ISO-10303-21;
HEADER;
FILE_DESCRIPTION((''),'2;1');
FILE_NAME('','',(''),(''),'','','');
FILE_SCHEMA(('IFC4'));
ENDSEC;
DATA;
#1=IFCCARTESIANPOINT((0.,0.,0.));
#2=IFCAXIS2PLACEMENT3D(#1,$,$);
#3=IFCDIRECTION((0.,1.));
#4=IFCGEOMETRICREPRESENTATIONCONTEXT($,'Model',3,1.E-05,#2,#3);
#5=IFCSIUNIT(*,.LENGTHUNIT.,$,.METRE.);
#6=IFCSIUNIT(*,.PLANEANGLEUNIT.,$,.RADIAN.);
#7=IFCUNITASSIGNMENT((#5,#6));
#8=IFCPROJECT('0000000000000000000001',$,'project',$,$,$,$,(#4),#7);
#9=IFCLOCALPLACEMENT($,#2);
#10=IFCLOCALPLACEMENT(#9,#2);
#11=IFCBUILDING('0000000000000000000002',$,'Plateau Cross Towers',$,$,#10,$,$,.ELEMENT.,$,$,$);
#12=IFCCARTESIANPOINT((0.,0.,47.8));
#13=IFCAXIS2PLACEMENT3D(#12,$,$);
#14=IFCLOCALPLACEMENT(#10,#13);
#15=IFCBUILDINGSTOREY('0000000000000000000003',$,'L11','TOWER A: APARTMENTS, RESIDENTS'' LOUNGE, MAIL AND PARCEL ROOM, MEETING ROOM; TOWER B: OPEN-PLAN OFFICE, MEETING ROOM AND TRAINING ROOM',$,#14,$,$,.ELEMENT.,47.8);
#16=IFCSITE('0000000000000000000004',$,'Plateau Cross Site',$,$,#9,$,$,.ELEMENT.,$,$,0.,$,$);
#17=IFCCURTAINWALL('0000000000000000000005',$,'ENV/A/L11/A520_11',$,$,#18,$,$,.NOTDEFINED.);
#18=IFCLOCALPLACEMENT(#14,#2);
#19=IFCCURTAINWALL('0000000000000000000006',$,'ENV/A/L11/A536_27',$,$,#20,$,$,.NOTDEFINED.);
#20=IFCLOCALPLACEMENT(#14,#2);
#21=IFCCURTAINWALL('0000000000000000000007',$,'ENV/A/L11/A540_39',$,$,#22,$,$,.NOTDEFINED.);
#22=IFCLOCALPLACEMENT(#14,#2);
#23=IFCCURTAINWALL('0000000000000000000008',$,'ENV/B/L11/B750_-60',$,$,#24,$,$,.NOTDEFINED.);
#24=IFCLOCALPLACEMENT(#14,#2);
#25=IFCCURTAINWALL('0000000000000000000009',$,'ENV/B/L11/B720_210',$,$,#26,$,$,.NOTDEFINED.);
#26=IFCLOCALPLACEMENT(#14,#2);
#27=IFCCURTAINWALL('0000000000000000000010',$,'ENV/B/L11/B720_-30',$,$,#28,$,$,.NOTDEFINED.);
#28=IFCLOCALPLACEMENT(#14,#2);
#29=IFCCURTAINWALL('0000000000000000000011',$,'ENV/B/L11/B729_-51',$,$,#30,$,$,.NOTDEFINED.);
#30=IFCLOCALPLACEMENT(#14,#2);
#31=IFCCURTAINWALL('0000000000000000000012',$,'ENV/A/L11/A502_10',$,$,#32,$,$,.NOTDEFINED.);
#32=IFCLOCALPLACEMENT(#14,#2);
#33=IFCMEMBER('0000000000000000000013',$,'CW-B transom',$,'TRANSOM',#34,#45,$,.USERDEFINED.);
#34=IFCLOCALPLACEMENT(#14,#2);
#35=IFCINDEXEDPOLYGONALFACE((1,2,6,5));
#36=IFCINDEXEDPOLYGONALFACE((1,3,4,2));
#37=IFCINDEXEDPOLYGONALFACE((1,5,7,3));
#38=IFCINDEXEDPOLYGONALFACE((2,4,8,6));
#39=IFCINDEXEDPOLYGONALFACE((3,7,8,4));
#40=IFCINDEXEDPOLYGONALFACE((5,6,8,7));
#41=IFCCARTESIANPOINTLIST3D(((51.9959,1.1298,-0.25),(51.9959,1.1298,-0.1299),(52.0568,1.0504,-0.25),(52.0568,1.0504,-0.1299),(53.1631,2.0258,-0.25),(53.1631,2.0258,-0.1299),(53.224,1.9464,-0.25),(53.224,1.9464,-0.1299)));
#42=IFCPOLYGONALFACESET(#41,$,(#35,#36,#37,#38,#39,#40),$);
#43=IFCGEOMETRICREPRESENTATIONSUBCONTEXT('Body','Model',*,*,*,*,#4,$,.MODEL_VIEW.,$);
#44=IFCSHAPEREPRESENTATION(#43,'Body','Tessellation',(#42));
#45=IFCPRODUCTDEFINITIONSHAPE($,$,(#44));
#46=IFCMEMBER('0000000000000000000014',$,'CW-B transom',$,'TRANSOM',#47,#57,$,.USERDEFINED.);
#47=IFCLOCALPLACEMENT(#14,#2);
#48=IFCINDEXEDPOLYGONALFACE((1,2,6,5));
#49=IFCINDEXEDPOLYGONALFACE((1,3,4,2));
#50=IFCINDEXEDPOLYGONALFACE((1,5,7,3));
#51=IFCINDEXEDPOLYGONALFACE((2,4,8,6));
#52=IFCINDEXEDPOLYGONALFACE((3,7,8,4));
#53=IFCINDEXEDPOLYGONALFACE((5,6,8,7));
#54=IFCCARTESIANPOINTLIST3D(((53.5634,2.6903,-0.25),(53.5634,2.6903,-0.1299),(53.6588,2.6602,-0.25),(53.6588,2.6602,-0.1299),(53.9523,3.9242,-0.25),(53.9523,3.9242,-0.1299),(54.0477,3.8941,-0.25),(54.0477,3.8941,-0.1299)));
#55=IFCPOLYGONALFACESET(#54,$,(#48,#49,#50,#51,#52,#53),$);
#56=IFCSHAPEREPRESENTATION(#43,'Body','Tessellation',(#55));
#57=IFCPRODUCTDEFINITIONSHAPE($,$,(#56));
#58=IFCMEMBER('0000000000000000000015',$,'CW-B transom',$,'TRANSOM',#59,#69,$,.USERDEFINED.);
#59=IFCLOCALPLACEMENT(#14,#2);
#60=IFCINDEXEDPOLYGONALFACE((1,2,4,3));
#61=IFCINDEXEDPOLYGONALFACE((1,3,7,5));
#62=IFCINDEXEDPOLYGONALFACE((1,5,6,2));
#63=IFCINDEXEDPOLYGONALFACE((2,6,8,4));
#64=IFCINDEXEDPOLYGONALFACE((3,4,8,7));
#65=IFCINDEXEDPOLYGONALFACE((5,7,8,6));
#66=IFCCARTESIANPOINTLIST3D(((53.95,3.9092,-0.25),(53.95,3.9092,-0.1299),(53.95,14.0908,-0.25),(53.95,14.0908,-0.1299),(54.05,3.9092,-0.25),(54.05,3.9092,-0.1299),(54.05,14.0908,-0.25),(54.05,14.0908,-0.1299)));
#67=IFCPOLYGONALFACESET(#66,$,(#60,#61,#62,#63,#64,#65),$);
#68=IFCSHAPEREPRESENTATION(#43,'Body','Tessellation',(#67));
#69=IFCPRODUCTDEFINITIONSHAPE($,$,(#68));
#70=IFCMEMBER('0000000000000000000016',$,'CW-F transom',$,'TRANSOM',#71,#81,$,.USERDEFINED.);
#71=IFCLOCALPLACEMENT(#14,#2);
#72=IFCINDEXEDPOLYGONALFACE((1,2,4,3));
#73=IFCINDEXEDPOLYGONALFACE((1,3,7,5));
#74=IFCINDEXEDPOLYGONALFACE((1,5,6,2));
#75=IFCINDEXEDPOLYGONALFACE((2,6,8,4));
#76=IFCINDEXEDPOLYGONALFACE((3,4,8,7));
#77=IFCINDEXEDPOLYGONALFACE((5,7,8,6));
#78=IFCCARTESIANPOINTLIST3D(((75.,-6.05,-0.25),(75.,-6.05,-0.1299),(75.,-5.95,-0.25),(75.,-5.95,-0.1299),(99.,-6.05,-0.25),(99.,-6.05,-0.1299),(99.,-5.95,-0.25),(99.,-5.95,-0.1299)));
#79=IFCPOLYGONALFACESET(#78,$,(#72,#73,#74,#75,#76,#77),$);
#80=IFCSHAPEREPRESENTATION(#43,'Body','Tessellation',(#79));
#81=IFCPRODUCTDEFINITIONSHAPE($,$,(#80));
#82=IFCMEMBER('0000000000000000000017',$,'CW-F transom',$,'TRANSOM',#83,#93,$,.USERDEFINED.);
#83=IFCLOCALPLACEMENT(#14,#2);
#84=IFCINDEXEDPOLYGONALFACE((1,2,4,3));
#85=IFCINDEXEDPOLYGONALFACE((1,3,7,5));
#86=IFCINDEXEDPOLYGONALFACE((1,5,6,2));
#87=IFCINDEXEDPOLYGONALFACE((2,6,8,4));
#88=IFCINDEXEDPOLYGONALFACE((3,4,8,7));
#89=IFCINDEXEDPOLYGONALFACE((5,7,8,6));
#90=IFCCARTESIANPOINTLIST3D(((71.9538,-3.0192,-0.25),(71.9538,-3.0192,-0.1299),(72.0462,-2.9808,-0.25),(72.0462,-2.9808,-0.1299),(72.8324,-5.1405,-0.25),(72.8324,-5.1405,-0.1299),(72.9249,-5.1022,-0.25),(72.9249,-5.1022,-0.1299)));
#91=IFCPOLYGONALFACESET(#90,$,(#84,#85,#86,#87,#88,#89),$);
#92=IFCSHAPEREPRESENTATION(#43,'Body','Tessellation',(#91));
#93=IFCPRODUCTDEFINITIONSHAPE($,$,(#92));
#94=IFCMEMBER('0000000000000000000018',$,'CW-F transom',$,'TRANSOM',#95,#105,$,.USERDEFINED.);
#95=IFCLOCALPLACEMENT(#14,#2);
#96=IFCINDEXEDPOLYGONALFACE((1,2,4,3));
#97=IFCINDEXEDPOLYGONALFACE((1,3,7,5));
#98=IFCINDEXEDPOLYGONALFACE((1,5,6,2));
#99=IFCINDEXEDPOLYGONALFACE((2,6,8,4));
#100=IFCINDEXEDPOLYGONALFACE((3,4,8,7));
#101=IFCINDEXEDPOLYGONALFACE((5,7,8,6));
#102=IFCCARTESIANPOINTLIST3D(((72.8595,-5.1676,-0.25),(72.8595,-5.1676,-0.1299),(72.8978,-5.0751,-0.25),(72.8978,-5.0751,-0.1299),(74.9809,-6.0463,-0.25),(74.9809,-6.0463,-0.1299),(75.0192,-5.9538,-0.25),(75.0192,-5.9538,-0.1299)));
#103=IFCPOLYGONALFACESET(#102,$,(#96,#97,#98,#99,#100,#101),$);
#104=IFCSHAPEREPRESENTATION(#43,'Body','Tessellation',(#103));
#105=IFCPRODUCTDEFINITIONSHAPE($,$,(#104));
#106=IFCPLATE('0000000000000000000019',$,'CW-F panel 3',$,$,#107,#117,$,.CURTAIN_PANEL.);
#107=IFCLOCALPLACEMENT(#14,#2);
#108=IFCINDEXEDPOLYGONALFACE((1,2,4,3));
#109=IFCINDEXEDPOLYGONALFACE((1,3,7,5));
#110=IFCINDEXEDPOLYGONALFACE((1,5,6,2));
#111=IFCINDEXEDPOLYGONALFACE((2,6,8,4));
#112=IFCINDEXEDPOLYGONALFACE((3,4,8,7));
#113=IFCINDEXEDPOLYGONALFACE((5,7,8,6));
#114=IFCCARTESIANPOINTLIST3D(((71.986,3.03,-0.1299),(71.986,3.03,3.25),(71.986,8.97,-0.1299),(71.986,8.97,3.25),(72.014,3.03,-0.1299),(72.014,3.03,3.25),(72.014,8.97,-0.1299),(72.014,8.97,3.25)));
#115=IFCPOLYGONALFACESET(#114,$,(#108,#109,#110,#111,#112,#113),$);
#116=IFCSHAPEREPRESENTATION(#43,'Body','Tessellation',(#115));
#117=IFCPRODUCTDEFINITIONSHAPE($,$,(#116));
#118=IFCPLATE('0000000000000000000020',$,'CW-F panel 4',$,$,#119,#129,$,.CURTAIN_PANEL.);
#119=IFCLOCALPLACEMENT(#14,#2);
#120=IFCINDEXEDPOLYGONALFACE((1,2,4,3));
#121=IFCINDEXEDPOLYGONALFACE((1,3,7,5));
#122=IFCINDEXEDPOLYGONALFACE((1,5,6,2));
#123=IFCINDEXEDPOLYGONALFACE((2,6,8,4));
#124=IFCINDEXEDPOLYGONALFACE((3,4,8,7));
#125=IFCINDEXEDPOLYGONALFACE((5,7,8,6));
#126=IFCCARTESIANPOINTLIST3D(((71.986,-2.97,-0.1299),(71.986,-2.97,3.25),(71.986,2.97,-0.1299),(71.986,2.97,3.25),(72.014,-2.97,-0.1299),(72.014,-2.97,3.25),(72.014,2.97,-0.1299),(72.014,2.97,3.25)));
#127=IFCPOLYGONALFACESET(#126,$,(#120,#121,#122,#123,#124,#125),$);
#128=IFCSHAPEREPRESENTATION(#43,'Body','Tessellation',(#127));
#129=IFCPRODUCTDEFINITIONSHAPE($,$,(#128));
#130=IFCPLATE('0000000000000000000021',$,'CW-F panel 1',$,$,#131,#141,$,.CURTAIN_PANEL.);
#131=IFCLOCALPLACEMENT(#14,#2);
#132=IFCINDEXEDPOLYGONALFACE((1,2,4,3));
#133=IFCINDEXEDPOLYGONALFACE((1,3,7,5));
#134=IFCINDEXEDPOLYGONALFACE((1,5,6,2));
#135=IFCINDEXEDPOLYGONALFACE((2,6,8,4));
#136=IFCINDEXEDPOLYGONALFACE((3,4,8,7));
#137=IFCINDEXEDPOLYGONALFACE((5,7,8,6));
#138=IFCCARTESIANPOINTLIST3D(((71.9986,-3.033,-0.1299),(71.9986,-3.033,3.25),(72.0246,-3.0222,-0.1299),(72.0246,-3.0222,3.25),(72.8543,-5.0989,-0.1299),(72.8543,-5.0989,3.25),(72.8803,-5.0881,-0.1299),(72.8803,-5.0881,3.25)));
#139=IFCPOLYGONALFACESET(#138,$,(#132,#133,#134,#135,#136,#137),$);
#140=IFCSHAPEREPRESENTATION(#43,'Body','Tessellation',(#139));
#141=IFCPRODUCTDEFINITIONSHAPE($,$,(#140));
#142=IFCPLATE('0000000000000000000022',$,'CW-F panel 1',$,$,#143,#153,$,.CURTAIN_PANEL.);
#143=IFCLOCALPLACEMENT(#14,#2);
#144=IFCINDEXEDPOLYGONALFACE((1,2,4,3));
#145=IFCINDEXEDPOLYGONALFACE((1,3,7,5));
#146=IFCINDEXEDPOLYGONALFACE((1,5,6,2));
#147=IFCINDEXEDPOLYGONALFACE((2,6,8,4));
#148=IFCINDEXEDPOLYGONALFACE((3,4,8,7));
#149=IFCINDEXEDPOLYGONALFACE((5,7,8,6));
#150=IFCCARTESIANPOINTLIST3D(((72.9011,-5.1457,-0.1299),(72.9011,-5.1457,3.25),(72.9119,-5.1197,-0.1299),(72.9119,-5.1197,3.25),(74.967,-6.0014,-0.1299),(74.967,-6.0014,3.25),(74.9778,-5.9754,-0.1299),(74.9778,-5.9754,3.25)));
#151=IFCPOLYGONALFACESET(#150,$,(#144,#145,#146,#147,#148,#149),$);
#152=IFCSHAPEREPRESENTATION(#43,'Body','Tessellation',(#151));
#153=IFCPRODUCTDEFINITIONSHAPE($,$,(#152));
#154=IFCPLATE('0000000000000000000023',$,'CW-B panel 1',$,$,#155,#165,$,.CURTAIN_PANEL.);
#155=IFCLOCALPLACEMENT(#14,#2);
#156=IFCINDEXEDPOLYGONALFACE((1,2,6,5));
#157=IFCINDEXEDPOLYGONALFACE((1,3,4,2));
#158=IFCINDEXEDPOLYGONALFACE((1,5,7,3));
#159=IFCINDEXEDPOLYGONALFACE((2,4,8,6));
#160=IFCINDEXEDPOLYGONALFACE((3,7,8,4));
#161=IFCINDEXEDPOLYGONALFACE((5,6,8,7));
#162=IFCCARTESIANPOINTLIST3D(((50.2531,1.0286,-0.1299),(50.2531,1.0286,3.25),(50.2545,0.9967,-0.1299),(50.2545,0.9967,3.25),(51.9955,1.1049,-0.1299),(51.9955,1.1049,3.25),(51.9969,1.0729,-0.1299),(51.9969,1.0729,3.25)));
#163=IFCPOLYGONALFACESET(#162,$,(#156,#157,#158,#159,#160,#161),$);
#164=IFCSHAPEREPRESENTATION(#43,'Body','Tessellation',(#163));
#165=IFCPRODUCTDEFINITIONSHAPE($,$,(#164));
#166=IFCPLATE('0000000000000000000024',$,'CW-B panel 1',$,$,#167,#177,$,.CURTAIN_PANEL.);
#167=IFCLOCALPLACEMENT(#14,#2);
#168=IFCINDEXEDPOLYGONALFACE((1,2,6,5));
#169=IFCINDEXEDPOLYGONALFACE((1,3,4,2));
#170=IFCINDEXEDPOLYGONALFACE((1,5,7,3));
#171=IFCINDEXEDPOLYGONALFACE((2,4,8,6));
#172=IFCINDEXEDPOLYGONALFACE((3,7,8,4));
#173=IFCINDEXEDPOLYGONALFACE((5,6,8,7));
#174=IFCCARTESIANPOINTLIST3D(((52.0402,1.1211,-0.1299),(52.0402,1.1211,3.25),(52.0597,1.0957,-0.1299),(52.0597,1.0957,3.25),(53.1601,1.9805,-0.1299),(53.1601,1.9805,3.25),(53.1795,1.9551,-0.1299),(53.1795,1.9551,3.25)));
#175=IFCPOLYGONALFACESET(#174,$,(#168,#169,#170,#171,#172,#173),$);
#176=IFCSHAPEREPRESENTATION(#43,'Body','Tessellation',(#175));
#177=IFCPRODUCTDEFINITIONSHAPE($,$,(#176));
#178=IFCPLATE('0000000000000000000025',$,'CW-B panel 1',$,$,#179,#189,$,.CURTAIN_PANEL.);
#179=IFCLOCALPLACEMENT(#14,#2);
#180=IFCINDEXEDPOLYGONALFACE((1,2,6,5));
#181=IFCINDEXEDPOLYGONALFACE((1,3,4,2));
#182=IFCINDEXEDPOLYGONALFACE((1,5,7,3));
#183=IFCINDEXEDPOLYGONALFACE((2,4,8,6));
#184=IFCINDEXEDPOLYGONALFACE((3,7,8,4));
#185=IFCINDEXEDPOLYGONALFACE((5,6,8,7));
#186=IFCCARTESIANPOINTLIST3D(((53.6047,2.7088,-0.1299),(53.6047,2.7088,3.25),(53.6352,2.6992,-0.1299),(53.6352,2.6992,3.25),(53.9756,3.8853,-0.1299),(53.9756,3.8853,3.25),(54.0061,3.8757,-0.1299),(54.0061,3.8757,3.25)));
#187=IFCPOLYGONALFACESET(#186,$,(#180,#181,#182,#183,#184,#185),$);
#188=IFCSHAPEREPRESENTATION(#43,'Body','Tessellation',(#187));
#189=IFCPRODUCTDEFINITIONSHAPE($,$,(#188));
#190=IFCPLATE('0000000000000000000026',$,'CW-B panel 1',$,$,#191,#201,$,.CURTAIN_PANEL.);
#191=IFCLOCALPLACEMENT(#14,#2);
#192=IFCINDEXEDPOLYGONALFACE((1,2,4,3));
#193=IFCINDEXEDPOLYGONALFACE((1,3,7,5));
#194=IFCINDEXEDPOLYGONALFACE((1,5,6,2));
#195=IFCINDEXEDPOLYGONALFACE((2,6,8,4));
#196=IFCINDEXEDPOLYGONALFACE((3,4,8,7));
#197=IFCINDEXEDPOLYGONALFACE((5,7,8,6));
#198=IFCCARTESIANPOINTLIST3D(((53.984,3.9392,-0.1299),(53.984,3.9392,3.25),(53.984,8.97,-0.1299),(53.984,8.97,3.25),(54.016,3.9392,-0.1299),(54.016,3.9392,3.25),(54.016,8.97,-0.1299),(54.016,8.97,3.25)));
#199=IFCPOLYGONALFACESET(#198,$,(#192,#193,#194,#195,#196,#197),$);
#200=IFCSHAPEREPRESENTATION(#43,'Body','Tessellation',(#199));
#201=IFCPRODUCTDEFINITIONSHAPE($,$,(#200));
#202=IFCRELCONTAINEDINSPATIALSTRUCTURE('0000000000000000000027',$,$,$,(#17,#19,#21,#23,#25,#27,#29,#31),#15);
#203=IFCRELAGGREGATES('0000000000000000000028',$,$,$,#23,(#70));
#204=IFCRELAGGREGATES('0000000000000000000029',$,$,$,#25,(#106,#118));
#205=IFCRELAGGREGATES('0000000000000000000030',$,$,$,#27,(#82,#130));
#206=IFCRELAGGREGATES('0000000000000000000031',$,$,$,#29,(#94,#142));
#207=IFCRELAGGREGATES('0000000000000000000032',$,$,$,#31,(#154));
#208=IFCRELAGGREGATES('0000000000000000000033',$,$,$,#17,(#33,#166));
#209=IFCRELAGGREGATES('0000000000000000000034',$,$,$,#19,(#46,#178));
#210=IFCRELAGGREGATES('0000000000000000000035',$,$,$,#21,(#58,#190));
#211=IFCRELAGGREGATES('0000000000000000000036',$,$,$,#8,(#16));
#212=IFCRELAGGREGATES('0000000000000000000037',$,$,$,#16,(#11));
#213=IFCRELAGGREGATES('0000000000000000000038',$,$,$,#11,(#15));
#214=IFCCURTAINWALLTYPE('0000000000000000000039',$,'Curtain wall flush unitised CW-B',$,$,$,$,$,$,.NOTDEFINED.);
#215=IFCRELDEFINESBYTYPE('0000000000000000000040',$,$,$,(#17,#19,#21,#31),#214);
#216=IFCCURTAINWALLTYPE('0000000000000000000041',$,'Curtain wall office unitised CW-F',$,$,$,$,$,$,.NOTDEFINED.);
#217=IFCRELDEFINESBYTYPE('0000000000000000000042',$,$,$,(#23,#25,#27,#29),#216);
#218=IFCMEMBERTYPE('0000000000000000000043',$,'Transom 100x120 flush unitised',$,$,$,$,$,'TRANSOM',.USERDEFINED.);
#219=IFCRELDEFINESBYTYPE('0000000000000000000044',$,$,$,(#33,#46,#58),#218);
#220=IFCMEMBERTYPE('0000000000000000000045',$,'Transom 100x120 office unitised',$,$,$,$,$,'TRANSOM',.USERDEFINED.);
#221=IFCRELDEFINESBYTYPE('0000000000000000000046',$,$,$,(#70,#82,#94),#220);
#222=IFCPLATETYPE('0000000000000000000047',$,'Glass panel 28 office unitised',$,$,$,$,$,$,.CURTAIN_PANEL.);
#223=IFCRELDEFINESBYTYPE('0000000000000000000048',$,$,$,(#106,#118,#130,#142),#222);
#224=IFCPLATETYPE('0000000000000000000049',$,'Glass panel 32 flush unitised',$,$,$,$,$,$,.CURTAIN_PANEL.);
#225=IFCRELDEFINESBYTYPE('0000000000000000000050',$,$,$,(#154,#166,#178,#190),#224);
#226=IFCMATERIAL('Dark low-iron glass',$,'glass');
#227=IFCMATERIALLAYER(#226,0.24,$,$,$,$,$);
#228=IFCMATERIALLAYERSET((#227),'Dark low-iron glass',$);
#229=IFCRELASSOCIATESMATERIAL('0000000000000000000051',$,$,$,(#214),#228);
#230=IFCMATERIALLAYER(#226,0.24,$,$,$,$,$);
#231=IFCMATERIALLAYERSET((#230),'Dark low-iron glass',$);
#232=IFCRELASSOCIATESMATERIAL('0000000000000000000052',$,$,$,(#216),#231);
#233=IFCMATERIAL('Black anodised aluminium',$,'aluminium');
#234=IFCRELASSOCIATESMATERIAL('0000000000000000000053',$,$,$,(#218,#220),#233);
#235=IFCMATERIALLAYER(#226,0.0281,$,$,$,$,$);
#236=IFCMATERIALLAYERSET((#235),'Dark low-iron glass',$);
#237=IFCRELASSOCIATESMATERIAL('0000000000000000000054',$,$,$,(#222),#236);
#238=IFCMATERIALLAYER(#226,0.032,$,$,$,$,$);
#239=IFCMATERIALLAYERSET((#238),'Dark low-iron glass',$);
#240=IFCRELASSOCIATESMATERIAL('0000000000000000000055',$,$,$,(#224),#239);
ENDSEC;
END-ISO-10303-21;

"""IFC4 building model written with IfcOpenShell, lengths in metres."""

from ifc_helpers import new_model, si_unit, direction, frame, origin, origin_2d, place, context, subcontext, project, spatial, rectangle, extrude, material, layer, layer_set, material_profile, profile_set, type_object, element, aggregate, save


model = new_model("IFC4")

# Units and contexts
model_context = context("Model", 3, precision=1e-05, world=origin(), true_north=direction((0.0, 1.0)))
body_context = subcontext(model_context, "Body", "Model", "MODEL_VIEW")
ifc_project = project(units=[si_unit("LENGTHUNIT", "METRE"), si_unit("PLANEANGLEUNIT", "RADIAN")], contexts=[model_context])

# Site, building, storey
site_placement = place(None, origin())
site = spatial("IfcSite", under=ifc_project, at=site_placement, Name="Plateau Cross Site", CompositionType="ELEMENT", RefElevation=0.0)
building_placement = place(site_placement, origin())
building = spatial("IfcBuilding", under=site, at=building_placement, Name="Plateau Cross Towers", CompositionType="ELEMENT")
storey_placement = place(building_placement, frame((0.0, 0.0, 47.8)))
storey = spatial("IfcBuildingStorey", under=building, at=storey_placement, Name="L11", Description="TOWER A: APARTMENTS, RESIDENTS' LOUNGE, MAIL AND PARCEL ROOM, MEETING ROOM; TOWER B: OPEN-PLAN OFFICE, MEETING ROOM AND TRAINING ROOM", CompositionType="ELEMENT", Elevation=47.8)

# Curtain wall
ifc_material_1 = material(Name="Dark low-iron glass", Category="glass")
ifc_layer_1 = layer(ifc_material_1, 0.24)
ifc_layer_set_1 = layer_set([ifc_layer_1], Name="Dark low-iron glass")
curtain_wall_type_1 = type_object("IfcCurtainWallType", Name="Curtain wall flush unitised CW-B", PredefinedType="NOTDEFINED", material=ifc_layer_set_1)
curtain_wall_1_placement = place(storey_placement, origin())
curtain_wall_1 = element("IfcCurtainWall", 1, at=curtain_wall_1_placement, inside=storey, type_object=curtain_wall_type_1, Name="ENV/A/L11/A520_11", PredefinedType="NOTDEFINED")
ifc_material_2 = material(Name="Black anodised aluminium", Category="aluminium")

# Curtain wall
curtain_wall_2_placement = place(storey_placement, origin())
curtain_wall_2 = element("IfcCurtainWall", 2, at=curtain_wall_2_placement, inside=storey, type_object=curtain_wall_type_1, Name="ENV/A/L11/A536_27", PredefinedType="NOTDEFINED")

# Curtain wall
curtain_wall_3_placement = place(storey_placement, origin())
curtain_wall_3 = element("IfcCurtainWall", 3, at=curtain_wall_3_placement, inside=storey, type_object=curtain_wall_type_1, Name="ENV/A/L11/A540_39", PredefinedType="NOTDEFINED")

# Curtain walls
ifc_layer_2 = layer(ifc_material_1, 0.24)
ifc_layer_set_2 = layer_set([ifc_layer_2], Name="Dark low-iron glass")
curtain_wall_type_2 = type_object("IfcCurtainWallType", Name="Curtain wall office unitised CW-F", PredefinedType="NOTDEFINED", material=ifc_layer_set_2)
curtain_wall_4_placement = place(storey_placement, origin())
curtain_wall_4 = element("IfcCurtainWall", 4, at=curtain_wall_4_placement, inside=storey, type_object=curtain_wall_type_2, Name="ENV/B/L11/B750_-60", PredefinedType="NOTDEFINED")
curtain_wall_5_placement = place(storey_placement, origin())
curtain_wall_5 = element("IfcCurtainWall", 5, at=curtain_wall_5_placement, inside=storey, type_object=curtain_wall_type_2, Name="ENV/B/L11/B720_210", PredefinedType="NOTDEFINED")
curtain_wall_6_placement = place(storey_placement, origin())
curtain_wall_6 = element("IfcCurtainWall", 6, at=curtain_wall_6_placement, inside=storey, type_object=curtain_wall_type_2, Name="ENV/B/L11/B720_-30", PredefinedType="NOTDEFINED")
curtain_wall_7_placement = place(storey_placement, origin())
curtain_wall_7 = element("IfcCurtainWall", 7, at=curtain_wall_7_placement, inside=storey, type_object=curtain_wall_type_2, Name="ENV/B/L11/B729_-51", PredefinedType="NOTDEFINED")

# Curtain wall
curtain_wall_8_placement = place(storey_placement, origin())
curtain_wall_8 = element("IfcCurtainWall", 8, at=curtain_wall_8_placement, inside=storey, type_object=curtain_wall_type_1, Name="ENV/A/L11/A502_10", PredefinedType="NOTDEFINED")
ifc_material_profile_1 = material_profile(ifc_material_2, rectangle(XDim=0.1001, YDim=0.1201, at=origin_2d()), Name="TRANSOM 100x120")
ifc_profile_set_1 = profile_set([ifc_material_profile_1], Name="Black anodised aluminium")
member_type_1 = type_object("IfcMemberType", Name="Transom 100x120 flush unitised", ElementType="TRANSOM", PredefinedType="USERDEFINED", material=ifc_profile_set_1)

# Members
member_1_placement = place(storey_placement, frame((52.0264, 1.0901, -0.1899), z_axis=(0.79324, 0.608909, 0.0), x_axis=(-0.608909, 0.79324, 0.0)))
member_1 = element("IfcMember", 9, at=member_1_placement, type_object=member_type_1, Name="CW-B transom", ObjectType="TRANSOM", PredefinedType="USERDEFINED", context=body_context, shape_type="SweptSolid", body=[
    extrude(rectangle(XDim=0.1001, YDim=0.1201, at=origin_2d()), origin(), (0.0, 0.0, 1.0), 1.4714),
])
member_2_placement = place(storey_placement, frame((53.6111, 2.6753, -0.1899), z_axis=(0.300617, 0.953745, 0.0), x_axis=(-0.953745, 0.300617, 0.0)))
member_2 = element("IfcMember", 10, at=member_2_placement, type_object=member_type_1, Name="CW-B transom", ObjectType="TRANSOM", PredefinedType="USERDEFINED", context=body_context, shape_type="SweptSolid", body=[
    extrude(rectangle(XDim=0.1001, YDim=0.1201, at=origin_2d()), origin(), (0.0, 0.0, 1.0), 1.2937),
])
member_3_placement = place(storey_placement, frame((54.0, 3.9092, -0.1899), z_axis=(0.0, 1.0, 0.0), x_axis=(-1.0, 0.0, 0.0)))
member_3 = element("IfcMember", 11, at=member_3_placement, type_object=member_type_1, Name="CW-B transom", ObjectType="TRANSOM", PredefinedType="USERDEFINED", context=body_context, shape_type="SweptSolid", body=[
    extrude(rectangle(XDim=0.1001, YDim=0.1201, at=origin_2d()), origin(), (0.0, 0.0, 1.0), 10.1816),
])
ifc_material_profile_2 = material_profile(ifc_material_2, rectangle(XDim=0.1001, YDim=0.1201, at=origin_2d()), Name="TRANSOM 100x120")
ifc_profile_set_2 = profile_set([ifc_material_profile_2], Name="Black anodised aluminium")
member_type_2 = type_object("IfcMemberType", Name="Transom 100x120 office unitised", ElementType="TRANSOM", PredefinedType="USERDEFINED", material=ifc_profile_set_2)
member_4_placement = place(storey_placement, frame((75.0, -6.0, -0.1899), z_axis=(1.0, 0.0, 0.0), x_axis=(0.0, 1.0, 0.0)))
member_4 = element("IfcMember", 12, at=member_4_placement, type_object=member_type_2, Name="CW-F transom", ObjectType="TRANSOM", PredefinedType="USERDEFINED", context=body_context, shape_type="SweptSolid", body=[
    extrude(rectangle(XDim=0.1001, YDim=0.1201, at=origin_2d()), origin(), (0.0, 0.0, 1.0), 24.0),
])
aggregate(curtain_wall_4, [member_4])
member_5_placement = place(storey_placement, frame((72.0, -3.0, -0.1899), z_axis=(0.382674, -0.923883, 0.0), x_axis=(0.923883, 0.382674, 0.0)))
member_5 = element("IfcMember", 13, at=member_5_placement, type_object=member_type_2, Name="CW-F transom", ObjectType="TRANSOM", PredefinedType="USERDEFINED", context=body_context, shape_type="SweptSolid", body=[
    extrude(rectangle(XDim=0.1001, YDim=0.1201, at=origin_2d()), origin(), (0.0, 0.0, 1.0), 2.2961),
])
member_6_placement = place(storey_placement, frame((72.8787, -5.1213, -0.1899), z_axis=(0.923883, -0.382674, 0.0), x_axis=(0.382674, 0.923883, 0.0)))
member_6 = element("IfcMember", 14, at=member_6_placement, type_object=member_type_2, Name="CW-F transom", ObjectType="TRANSOM", PredefinedType="USERDEFINED", context=body_context, shape_type="SweptSolid", body=[
    extrude(rectangle(XDim=0.1001, YDim=0.1201, at=origin_2d()), origin(), (0.0, 0.0, 1.0), 2.2961),
])

# Plates
ifc_layer_3 = layer(ifc_material_1, 0.0281)
ifc_layer_set_3 = layer_set([ifc_layer_3], Name="Dark low-iron glass")
plate_type_1 = type_object("IfcPlateType", Name="Glass panel 28 office unitised", PredefinedType="CURTAIN_PANEL", material=ifc_layer_set_3)
plate_1_placement = place(storey_placement, frame((72.0, 6.0, -0.1299), z_axis=(0.0, 0.0, 1.0), x_axis=(0.0, -1.0, 0.0)))
plate_1 = element("IfcPlate", 15, at=plate_1_placement, type_object=plate_type_1, Name="CW-F panel 3", PredefinedType="CURTAIN_PANEL", context=body_context, shape_type="SweptSolid", body=[
    extrude(rectangle(XDim=5.9399, YDim=0.0281, at=origin_2d()), origin(), (0.0, 0.0, 1.0), 3.3799),
])
plate_2_placement = place(storey_placement, frame((72.0, 0.0, -0.1299), z_axis=(0.0, 0.0, 1.0), x_axis=(0.0, -1.0, 0.0)))
plate_2 = element("IfcPlate", 16, at=plate_2_placement, type_object=plate_type_1, Name="CW-F panel 4", PredefinedType="CURTAIN_PANEL", context=body_context, shape_type="SweptSolid", body=[
    extrude(rectangle(XDim=5.9399, YDim=0.0281, at=origin_2d()), origin(), (0.0, 0.0, 1.0), 3.3799),
])
aggregate(curtain_wall_5, [plate_1, plate_2])
plate_3_placement = place(storey_placement, frame((72.4395, -4.0605, -0.1299), z_axis=(0.0, 0.0, 1.0), x_axis=(0.382684, -0.923879, 0.0)))
plate_3 = element("IfcPlate", 17, at=plate_3_placement, type_object=plate_type_1, Name="CW-F panel 1", PredefinedType="CURTAIN_PANEL", context=body_context, shape_type="SweptSolid", body=[
    extrude(rectangle(XDim=2.2361, YDim=0.0281, at=origin_2d()), origin(), (0.0, 0.0, 1.0), 3.3799),
])
aggregate(curtain_wall_6, [member_5, plate_3])
plate_4_placement = place(storey_placement, frame((73.9395, -5.5605, -0.1299), z_axis=(0.0, 0.0, 1.0), x_axis=(0.923879, -0.382684, 0.0)))
plate_4 = element("IfcPlate", 18, at=plate_4_placement, type_object=plate_type_1, Name="CW-F panel 1", PredefinedType="CURTAIN_PANEL", context=body_context, shape_type="SweptSolid", body=[
    extrude(rectangle(XDim=2.2361, YDim=0.0281, at=origin_2d()), origin(), (0.0, 0.0, 1.0), 3.3799),
])
aggregate(curtain_wall_7, [member_6, plate_4])
ifc_layer_4 = layer(ifc_material_1, 0.032)
ifc_layer_set_4 = layer_set([ifc_layer_4], Name="Dark low-iron glass")
plate_type_2 = type_object("IfcPlateType", Name="Glass panel 32 flush unitised", PredefinedType="CURTAIN_PANEL", material=ifc_layer_set_4)
plate_5_placement = place(storey_placement, frame((51.125, 1.0508, -0.1299), z_axis=(0.0, 0.0, 1.0), x_axis=(0.999044, 0.043723, 0.0)))
plate_5 = element("IfcPlate", 19, at=plate_5_placement, type_object=plate_type_2, Name="CW-B panel 1", PredefinedType="CURTAIN_PANEL", context=body_context, shape_type="SweptSolid", body=[
    extrude(rectangle(XDim=1.7441, YDim=0.032, at=origin_2d()), origin(), (0.0, 0.0, 1.0), 3.3799),
])
aggregate(curtain_wall_8, [plate_5])
plate_6_placement = place(storey_placement, frame((52.6099, 1.5381, -0.1299), z_axis=(0.0, 0.0, 1.0), x_axis=(0.793316, 0.608811, 0.0)))
plate_6 = element("IfcPlate", 20, at=plate_6_placement, type_object=plate_type_2, Name="CW-B panel 1", PredefinedType="CURTAIN_PANEL", context=body_context, shape_type="SweptSolid", body=[
    extrude(rectangle(XDim=1.4116, YDim=0.032, at=origin_2d()), origin(), (0.0, 0.0, 1.0), 3.3799),
])
aggregate(curtain_wall_1, [member_1, plate_6])
plate_7_placement = place(storey_placement, frame((53.8054, 3.2922, -0.1299), z_axis=(0.0, 0.0, 1.0), x_axis=(0.300686, 0.953723, 0.0)))
plate_7 = element("IfcPlate", 21, at=plate_7_placement, type_object=plate_type_2, Name="CW-B panel 1", PredefinedType="CURTAIN_PANEL", context=body_context, shape_type="SweptSolid", body=[
    extrude(rectangle(XDim=1.2336, YDim=0.032, at=origin_2d()), origin(), (0.0, 0.0, 1.0), 3.3799),
])
aggregate(curtain_wall_2, [member_2, plate_7])
plate_8_placement = place(storey_placement, frame((54.0, 6.4546, -0.1299), z_axis=(0.0, 0.0, 1.0), x_axis=(0.0, 1.0, 0.0)))
plate_8 = element("IfcPlate", 22, at=plate_8_placement, type_object=plate_type_2, Name="CW-B panel 1", PredefinedType="CURTAIN_PANEL", context=body_context, shape_type="SweptSolid", body=[
    extrude(rectangle(XDim=5.0308, YDim=0.032, at=origin_2d()), origin(), (0.0, 0.0, 1.0), 3.3799),
])
aggregate(curtain_wall_3, [member_3, plate_8])

save(model, "model.ifc")
